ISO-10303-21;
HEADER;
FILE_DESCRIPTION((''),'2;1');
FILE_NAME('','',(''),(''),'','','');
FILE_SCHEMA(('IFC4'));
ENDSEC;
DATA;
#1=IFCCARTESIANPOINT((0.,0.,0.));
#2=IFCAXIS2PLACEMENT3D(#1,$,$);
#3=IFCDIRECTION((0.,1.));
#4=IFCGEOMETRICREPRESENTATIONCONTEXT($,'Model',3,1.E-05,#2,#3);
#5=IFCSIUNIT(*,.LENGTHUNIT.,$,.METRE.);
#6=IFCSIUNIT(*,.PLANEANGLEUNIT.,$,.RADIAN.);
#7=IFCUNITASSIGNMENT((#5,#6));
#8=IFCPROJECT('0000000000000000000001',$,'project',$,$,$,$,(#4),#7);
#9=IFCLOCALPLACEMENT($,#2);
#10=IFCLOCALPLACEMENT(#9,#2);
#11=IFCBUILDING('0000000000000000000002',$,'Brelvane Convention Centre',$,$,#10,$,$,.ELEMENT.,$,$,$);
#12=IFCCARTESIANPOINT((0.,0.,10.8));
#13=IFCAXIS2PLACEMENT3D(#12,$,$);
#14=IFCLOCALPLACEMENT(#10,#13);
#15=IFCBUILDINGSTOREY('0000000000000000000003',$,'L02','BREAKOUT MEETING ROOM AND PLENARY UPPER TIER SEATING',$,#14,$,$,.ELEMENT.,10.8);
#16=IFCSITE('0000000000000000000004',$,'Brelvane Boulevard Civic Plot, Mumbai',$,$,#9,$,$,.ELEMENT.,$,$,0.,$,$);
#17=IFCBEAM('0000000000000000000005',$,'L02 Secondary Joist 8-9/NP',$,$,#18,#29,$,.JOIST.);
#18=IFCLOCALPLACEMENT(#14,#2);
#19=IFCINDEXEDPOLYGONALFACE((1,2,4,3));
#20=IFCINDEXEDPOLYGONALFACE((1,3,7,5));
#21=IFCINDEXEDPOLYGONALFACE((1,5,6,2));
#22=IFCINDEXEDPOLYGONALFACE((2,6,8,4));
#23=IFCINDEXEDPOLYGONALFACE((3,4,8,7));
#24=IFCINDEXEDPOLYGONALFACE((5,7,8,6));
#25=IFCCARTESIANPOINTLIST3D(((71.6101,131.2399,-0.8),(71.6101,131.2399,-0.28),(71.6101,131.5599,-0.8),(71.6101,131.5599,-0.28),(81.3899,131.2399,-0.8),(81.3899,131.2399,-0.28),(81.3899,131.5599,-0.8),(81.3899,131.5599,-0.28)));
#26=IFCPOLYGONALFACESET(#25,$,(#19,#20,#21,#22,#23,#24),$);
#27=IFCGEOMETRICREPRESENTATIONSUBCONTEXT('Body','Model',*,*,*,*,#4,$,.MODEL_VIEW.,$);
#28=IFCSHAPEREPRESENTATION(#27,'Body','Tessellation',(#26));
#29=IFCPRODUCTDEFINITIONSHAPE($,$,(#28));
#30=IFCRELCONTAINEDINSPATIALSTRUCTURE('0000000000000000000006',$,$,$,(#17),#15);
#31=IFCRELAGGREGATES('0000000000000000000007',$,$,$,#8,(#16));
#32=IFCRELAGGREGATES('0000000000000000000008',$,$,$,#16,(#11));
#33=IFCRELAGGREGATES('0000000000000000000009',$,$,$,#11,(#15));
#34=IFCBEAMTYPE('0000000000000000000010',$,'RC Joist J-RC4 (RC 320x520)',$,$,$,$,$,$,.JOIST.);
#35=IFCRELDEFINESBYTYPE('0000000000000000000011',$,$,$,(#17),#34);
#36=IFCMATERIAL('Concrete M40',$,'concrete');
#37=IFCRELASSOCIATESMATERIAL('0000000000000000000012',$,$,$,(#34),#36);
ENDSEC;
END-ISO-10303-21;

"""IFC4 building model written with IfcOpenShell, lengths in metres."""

from ifc_helpers import new_model, si_unit, direction, frame, origin, origin_2d, place, context, subcontext, project, spatial, rectangle, extrude, material, material_profile, profile_set, type_object, element, save


model = new_model("IFC4")

# Units and contexts
model_context = context("Model", 3, precision=1e-05, world=origin(), true_north=direction((0.0, 1.0)))
body_context = subcontext(model_context, "Body", "Model", "MODEL_VIEW")
ifc_project = project(units=[si_unit("LENGTHUNIT", "METRE"), si_unit("PLANEANGLEUNIT", "RADIAN")], contexts=[model_context])

# Site, building, storey
site_placement = place(None, origin())
site = spatial("IfcSite", under=ifc_project, at=site_placement, Name="Brelvane Boulevard Civic Plot, Mumbai", CompositionType="ELEMENT", RefElevation=0.0)
building_placement = place(site_placement, origin())
building = spatial("IfcBuilding", under=site, at=building_placement, Name="Brelvane Convention Centre", CompositionType="ELEMENT")
storey_placement = place(building_placement, frame((0.0, 0.0, 10.8)))
storey = spatial("IfcBuildingStorey", under=building, at=storey_placement, Name="L02", Description="BREAKOUT MEETING ROOM AND PLENARY UPPER TIER SEATING", CompositionType="ELEMENT", Elevation=10.8)

# Beam
ifc_material_1 = material(Name="Concrete M40", Category="concrete")
ifc_material_profile_1 = material_profile(ifc_material_1, rectangle(XDim=0.3201, YDim=0.52, at=origin_2d()), Name="RC 320x520")
ifc_profile_set_1 = profile_set([ifc_material_profile_1], Name="Concrete M40")
beam_type_1 = type_object("IfcBeamType", Name="RC Joist J-RC4 (RC 320x520)", PredefinedType="JOIST", material=ifc_profile_set_1)
for number, where, z_axis, x_axis, name in (
    (1, (71.6101, 131.3999, -0.54), (1.0, 0.0, 0.0), (0.0, 1.0, 0.0), "L02 Secondary Joist 8-9/NP"),
):
    element("IfcBeam", number, at=place(storey_placement, frame(where, z_axis=z_axis, x_axis=x_axis)), inside=storey, type_object=beam_type_1, Name=name, PredefinedType="JOIST", context=body_context, shape_type="SweptSolid", body=[
        extrude(rectangle(XDim=0.3201, YDim=0.52, at=origin_2d()), origin(), (0.0, 0.0, 1.0), 9.7798),
    ])

save(model, "model.ifc")
